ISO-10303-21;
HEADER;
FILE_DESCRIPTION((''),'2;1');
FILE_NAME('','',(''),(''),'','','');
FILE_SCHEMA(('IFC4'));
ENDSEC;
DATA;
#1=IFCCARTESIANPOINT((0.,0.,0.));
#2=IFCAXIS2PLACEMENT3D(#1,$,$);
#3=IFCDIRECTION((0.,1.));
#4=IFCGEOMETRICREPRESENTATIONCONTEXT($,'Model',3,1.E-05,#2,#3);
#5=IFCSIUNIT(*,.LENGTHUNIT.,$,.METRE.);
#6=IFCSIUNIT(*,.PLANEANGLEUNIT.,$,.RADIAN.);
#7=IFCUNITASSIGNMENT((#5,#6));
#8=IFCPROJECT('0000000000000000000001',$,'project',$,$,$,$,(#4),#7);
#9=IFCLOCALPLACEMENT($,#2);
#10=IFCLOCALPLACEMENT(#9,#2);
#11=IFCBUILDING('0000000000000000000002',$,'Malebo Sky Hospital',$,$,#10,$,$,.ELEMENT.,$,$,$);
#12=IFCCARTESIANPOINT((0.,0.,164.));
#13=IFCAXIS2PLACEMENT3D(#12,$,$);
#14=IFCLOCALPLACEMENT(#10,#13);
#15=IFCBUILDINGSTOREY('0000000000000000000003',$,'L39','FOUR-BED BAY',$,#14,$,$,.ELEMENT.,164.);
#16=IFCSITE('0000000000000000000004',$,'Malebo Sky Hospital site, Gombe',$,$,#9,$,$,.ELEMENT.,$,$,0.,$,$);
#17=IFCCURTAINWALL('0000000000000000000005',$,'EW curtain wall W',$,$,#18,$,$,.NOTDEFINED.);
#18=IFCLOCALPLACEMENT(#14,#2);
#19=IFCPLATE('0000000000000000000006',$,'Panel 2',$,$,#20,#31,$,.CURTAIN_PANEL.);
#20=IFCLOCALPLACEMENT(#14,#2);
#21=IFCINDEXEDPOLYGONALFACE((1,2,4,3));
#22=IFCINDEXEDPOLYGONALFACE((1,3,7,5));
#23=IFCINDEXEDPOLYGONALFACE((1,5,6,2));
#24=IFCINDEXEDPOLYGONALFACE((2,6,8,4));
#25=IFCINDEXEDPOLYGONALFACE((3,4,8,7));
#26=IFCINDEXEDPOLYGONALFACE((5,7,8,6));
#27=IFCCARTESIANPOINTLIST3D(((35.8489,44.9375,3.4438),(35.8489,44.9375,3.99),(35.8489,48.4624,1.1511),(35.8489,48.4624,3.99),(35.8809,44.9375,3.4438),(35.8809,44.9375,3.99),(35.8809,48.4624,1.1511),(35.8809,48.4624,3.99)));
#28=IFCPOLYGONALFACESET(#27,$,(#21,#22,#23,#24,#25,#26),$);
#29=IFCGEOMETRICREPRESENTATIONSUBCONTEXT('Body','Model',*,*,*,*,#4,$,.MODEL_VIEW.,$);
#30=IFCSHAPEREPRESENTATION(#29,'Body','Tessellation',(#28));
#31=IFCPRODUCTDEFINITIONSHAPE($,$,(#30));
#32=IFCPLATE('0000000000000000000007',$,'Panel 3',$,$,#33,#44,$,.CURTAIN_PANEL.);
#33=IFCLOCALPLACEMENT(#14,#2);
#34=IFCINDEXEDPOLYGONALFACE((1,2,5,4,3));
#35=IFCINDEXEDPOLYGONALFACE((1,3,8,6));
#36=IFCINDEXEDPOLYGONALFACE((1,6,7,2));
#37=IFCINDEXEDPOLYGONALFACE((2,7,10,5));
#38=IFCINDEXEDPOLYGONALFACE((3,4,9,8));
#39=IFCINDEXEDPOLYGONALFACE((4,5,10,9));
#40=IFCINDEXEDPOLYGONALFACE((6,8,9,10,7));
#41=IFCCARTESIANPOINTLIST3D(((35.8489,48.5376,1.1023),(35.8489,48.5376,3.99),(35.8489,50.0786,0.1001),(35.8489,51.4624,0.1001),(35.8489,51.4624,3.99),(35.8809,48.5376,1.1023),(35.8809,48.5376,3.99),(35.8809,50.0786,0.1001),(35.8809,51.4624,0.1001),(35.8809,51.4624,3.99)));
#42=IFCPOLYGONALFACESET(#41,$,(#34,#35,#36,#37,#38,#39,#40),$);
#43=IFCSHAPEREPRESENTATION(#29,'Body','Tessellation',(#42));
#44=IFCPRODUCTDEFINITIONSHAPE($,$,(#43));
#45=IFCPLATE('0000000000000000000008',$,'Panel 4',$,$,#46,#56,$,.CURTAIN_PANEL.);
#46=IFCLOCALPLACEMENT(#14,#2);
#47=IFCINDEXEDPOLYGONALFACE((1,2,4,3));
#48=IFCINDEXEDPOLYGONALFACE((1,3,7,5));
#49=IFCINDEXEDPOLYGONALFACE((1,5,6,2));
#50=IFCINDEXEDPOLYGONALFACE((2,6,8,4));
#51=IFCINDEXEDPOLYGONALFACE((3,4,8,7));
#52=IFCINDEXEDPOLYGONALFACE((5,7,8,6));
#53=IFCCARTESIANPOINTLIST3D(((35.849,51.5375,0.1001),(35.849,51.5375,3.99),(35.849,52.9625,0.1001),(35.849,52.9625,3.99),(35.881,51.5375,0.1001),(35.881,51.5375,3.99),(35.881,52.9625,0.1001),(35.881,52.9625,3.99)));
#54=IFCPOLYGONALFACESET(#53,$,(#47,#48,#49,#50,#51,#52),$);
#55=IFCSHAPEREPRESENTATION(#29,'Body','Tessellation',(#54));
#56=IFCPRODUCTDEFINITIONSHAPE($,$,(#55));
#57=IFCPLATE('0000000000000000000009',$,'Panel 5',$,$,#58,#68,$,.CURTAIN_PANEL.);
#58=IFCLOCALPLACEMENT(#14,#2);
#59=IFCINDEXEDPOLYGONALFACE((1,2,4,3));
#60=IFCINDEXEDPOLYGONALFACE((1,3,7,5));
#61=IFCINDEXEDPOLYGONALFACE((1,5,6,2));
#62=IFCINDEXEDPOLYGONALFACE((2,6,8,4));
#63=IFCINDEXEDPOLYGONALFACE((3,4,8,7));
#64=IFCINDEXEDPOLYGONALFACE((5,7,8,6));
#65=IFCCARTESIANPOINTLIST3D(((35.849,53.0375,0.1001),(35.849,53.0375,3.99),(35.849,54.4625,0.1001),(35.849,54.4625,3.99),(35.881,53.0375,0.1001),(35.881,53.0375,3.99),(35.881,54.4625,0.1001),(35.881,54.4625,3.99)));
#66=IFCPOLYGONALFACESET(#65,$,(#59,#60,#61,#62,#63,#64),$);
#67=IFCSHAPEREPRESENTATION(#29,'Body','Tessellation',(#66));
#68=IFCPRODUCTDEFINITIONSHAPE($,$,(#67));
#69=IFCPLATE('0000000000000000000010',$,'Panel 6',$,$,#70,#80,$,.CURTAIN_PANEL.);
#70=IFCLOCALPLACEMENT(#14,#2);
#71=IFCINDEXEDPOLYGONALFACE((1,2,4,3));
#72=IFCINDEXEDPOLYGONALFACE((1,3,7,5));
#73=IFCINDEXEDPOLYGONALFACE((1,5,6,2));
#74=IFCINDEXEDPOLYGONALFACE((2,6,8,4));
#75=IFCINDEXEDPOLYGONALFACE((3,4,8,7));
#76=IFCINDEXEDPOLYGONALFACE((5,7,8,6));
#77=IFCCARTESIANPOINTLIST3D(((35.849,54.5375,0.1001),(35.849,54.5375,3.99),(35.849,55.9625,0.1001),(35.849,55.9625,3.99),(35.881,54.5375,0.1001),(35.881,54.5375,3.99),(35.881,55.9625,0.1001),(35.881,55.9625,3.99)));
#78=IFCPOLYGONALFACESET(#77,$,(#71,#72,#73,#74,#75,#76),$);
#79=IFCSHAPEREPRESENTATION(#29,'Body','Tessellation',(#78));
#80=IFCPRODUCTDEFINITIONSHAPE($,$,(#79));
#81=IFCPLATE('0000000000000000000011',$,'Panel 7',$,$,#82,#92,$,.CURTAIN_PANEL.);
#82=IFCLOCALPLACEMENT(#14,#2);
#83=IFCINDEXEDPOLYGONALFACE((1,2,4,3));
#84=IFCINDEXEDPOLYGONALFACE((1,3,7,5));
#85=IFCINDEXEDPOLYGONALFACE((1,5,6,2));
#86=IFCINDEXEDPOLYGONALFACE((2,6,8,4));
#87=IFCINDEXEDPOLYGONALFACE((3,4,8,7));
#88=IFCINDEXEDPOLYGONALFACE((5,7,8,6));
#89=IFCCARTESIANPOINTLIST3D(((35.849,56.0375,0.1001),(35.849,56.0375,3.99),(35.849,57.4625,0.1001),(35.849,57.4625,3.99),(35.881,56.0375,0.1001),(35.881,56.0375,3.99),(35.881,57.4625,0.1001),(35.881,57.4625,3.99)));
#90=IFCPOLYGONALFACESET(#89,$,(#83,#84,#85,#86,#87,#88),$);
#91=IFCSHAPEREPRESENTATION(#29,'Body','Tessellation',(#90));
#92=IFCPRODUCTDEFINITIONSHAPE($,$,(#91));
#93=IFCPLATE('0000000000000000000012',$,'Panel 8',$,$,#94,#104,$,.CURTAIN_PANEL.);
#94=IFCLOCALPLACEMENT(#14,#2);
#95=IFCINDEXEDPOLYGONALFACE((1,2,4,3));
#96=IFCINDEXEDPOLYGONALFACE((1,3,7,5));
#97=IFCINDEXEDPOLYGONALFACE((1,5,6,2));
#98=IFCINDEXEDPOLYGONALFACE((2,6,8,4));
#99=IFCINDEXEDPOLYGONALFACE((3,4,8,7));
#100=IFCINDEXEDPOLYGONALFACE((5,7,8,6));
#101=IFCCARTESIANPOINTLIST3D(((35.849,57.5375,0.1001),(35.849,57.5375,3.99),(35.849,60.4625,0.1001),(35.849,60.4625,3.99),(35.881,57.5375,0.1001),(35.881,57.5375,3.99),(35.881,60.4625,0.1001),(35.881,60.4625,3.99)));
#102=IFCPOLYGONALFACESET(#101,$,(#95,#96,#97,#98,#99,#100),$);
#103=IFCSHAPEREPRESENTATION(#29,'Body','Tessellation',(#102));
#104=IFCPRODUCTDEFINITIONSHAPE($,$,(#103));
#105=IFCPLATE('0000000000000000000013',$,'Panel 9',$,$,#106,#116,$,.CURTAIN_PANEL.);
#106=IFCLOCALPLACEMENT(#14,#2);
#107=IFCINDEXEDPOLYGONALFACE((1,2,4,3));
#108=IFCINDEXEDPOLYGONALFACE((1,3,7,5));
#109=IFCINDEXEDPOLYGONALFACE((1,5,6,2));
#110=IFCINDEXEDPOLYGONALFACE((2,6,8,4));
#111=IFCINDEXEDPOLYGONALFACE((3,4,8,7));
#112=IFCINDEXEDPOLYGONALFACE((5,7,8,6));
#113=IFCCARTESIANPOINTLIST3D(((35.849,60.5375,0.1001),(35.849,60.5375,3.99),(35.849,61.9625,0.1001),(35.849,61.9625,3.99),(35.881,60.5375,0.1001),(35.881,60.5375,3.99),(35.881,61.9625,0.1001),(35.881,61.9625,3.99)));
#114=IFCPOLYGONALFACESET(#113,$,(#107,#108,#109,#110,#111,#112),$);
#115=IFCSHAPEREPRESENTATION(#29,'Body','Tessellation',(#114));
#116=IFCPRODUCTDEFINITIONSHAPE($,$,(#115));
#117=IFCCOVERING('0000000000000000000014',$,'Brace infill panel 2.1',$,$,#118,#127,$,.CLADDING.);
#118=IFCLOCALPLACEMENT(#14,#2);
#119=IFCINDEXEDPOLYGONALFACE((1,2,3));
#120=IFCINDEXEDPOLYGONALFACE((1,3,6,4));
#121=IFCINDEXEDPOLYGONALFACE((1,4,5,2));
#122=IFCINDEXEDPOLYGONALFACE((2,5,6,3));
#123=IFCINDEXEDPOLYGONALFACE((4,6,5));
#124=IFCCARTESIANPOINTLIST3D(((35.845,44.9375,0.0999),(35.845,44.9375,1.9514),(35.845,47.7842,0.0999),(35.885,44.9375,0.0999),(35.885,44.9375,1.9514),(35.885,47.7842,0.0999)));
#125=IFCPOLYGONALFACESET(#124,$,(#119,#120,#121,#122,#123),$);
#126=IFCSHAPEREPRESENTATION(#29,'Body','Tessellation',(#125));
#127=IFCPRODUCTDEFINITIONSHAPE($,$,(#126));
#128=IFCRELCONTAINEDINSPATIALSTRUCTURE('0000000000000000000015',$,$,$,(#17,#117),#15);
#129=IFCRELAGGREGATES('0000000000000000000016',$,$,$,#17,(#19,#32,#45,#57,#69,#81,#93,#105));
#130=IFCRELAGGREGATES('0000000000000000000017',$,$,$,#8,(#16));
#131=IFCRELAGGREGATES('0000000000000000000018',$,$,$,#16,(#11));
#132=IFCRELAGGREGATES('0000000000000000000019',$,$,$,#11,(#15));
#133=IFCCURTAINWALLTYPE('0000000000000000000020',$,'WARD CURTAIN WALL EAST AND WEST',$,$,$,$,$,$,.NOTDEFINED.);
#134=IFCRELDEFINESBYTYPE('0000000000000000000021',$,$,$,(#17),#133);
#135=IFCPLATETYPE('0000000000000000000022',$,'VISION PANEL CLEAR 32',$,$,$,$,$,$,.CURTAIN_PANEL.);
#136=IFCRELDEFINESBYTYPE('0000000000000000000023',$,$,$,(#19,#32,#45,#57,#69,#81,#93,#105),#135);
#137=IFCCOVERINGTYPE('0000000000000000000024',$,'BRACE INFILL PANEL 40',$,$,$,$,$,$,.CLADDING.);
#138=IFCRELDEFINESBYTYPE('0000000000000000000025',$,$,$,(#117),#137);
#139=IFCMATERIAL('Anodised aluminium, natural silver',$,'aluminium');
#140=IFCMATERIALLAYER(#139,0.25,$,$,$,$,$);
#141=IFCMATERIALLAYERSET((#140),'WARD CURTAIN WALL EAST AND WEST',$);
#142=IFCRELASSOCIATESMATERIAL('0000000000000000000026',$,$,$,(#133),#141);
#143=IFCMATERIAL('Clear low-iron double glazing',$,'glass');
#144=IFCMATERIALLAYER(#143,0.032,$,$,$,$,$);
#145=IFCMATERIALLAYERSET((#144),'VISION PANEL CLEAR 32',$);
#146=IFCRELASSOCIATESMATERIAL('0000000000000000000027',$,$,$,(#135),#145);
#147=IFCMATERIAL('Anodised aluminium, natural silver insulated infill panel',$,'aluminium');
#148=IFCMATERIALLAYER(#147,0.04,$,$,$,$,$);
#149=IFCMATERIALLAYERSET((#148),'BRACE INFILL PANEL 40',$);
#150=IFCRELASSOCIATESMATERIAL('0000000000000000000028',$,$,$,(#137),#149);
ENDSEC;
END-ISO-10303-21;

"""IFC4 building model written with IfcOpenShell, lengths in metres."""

from ifc_helpers import new_model, si_unit, direction, frame, origin, origin_2d, place, context, subcontext, project, spatial, polyline, rectangle, outline, extrude, material, layer, layer_set, type_object, element, aggregate, save


model = new_model("IFC4")

# Units and contexts
model_context = context("Model", 3, precision=1e-05, world=origin(), true_north=direction((0.0, 1.0)))
body_context = subcontext(model_context, "Body", "Model", "MODEL_VIEW")
ifc_project = project(units=[si_unit("LENGTHUNIT", "METRE"), si_unit("PLANEANGLEUNIT", "RADIAN")], contexts=[model_context])

# Site, building, storey
site_placement = place(None, origin())
site = spatial("IfcSite", under=ifc_project, at=site_placement, Name="Malebo Sky Hospital site, Gombe", CompositionType="ELEMENT", RefElevation=0.0)
building_placement = place(site_placement, origin())
building = spatial("IfcBuilding", under=site, at=building_placement, Name="Malebo Sky Hospital", CompositionType="ELEMENT")
storey_placement = place(building_placement, frame((0.0, 0.0, 164.0)))
storey = spatial("IfcBuildingStorey", under=building, at=storey_placement, Name="L39", Description="FOUR-BED BAY", CompositionType="ELEMENT", Elevation=164.0)

# Curtain wall
ifc_material_1 = material(Name="Anodised aluminium, natural silver", Category="aluminium")
ifc_layer_1 = layer(ifc_material_1, 0.25)
ifc_layer_set_1 = layer_set([ifc_layer_1], Name="WARD CURTAIN WALL EAST AND WEST")
curtain_wall_type = type_object("IfcCurtainWallType", Name="WARD CURTAIN WALL EAST AND WEST", PredefinedType="NOTDEFINED", material=ifc_layer_set_1)
curtain_wall_placement = place(storey_placement, origin())
curtain_wall = element("IfcCurtainWall", 1, at=curtain_wall_placement, inside=storey, type_object=curtain_wall_type, Name="EW curtain wall W", PredefinedType="NOTDEFINED")

# Plates
ifc_material_2 = material(Name="Clear low-iron double glazing", Category="glass")
ifc_layer_2 = layer(ifc_material_2, 0.032)
ifc_layer_set_2 = layer_set([ifc_layer_2], Name="VISION PANEL CLEAR 32")
plate_type = type_object("IfcPlateType", Name="VISION PANEL CLEAR 32", PredefinedType="CURTAIN_PANEL", material=ifc_layer_set_2)
plate_1_placement = place(storey_placement, frame((35.865, 46.7, 1.1511), z_axis=(0.0, 0.0, 1.0), x_axis=(0.0, 1.0, 0.0)))
plate_1 = element("IfcPlate", 2, at=plate_1_placement, type_object=plate_type, Name="Panel 2", PredefinedType="CURTAIN_PANEL", context=body_context, shape_type="SweptSolid", body=[
    extrude(outline(polyline([(1.7625, 0.0), (1.7625, 2.8389), (-1.7625, 2.8389), (-1.7625, 2.2927), (1.7625, 0.0)])), frame((0.0, 0.0161, 0.0), z_axis=(0.0, -1.0, 0.0), x_axis=(1.0, 0.0, 0.0)), (0.0, 0.0, 1.0), 0.032),
])
plate_2_placement = place(storey_placement, frame((35.865, 50.0, 0.1001), z_axis=(0.0, 0.0, 1.0), x_axis=(0.0, 1.0, 0.0)))
plate_2 = element("IfcPlate", 3, at=plate_2_placement, type_object=plate_type, Name="Panel 3", PredefinedType="CURTAIN_PANEL", context=body_context, shape_type="SweptSolid", body=[
    extrude(outline(polyline([(0.0786, 0.0), (1.4624, 0.0), (1.4624, 3.8899), (-1.4624, 3.8899), (-1.4624, 1.0022), (0.0786, 0.0)])), frame((0.0, 0.0161, 0.0), z_axis=(0.0, -1.0, 0.0), x_axis=(1.0, 0.0, 0.0)), (0.0, 0.0, 1.0), 0.032),
])
plate_3_placement = place(storey_placement, frame((35.865, 52.25, 0.1001), z_axis=(0.0, 0.0, 1.0), x_axis=(0.0, 1.0, 0.0)))
plate_3 = element("IfcPlate", 4, at=plate_3_placement, type_object=plate_type, Name="Panel 4", PredefinedType="CURTAIN_PANEL", context=body_context, shape_type="SweptSolid", body=[
    extrude(rectangle(XDim=1.425, YDim=0.032, at=origin_2d()), origin(), (0.0, 0.0, 1.0), 3.8899),
])
plate_4_placement = place(storey_placement, frame((35.865, 53.75, 0.1001), z_axis=(0.0, 0.0, 1.0), x_axis=(0.0, 1.0, 0.0)))
plate_4 = element("IfcPlate", 5, at=plate_4_placement, type_object=plate_type, Name="Panel 5", PredefinedType="CURTAIN_PANEL", context=body_context, shape_type="SweptSolid", body=[
    extrude(rectangle(XDim=1.425, YDim=0.032, at=origin_2d()), origin(), (0.0, 0.0, 1.0), 3.8899),
])
plate_5_placement = place(storey_placement, frame((35.865, 55.25, 0.1001), z_axis=(0.0, 0.0, 1.0), x_axis=(0.0, 1.0, 0.0)))
plate_5 = element("IfcPlate", 6, at=plate_5_placement, type_object=plate_type, Name="Panel 6", PredefinedType="CURTAIN_PANEL", context=body_context, shape_type="SweptSolid", body=[
    extrude(rectangle(XDim=1.425, YDim=0.032, at=origin_2d()), origin(), (0.0, 0.0, 1.0), 3.8899),
])
plate_6_placement = place(storey_placement, frame((35.865, 56.75, 0.1001), z_axis=(0.0, 0.0, 1.0), x_axis=(0.0, 1.0, 0.0)))
plate_6 = element("IfcPlate", 7, at=plate_6_placement, type_object=plate_type, Name="Panel 7", PredefinedType="CURTAIN_PANEL", context=body_context, shape_type="SweptSolid", body=[
    extrude(rectangle(XDim=1.425, YDim=0.032, at=origin_2d()), origin(), (0.0, 0.0, 1.0), 3.8899),
])
plate_7_placement = place(storey_placement, frame((35.865, 59.0, 0.1001), z_axis=(0.0, 0.0, 1.0), x_axis=(0.0, 1.0, 0.0)))
plate_7 = element("IfcPlate", 8, at=plate_7_placement, type_object=plate_type, Name="Panel 8", PredefinedType="CURTAIN_PANEL", context=body_context, shape_type="SweptSolid", body=[
    extrude(rectangle(XDim=2.925, YDim=0.032, at=origin_2d()), origin(), (0.0, 0.0, 1.0), 3.8899),
])
plate_8_placement = place(storey_placement, frame((35.865, 61.25, 0.1001), z_axis=(0.0, 0.0, 1.0), x_axis=(0.0, 1.0, 0.0)))
plate_8 = element("IfcPlate", 9, at=plate_8_placement, type_object=plate_type, Name="Panel 9", PredefinedType="CURTAIN_PANEL", context=body_context, shape_type="SweptSolid", body=[
    extrude(rectangle(XDim=1.425, YDim=0.032, at=origin_2d()), origin(), (0.0, 0.0, 1.0), 3.8899),
])
aggregate(curtain_wall, [plate_1, plate_2, plate_3, plate_4, plate_5, plate_6, plate_7, plate_8])

# Covering
ifc_material_3 = material(Name="Anodised aluminium, natural silver insulated infill panel", Category="aluminium")
ifc_layer_3 = layer(ifc_material_3, 0.04)
ifc_layer_set_3 = layer_set([ifc_layer_3], Name="BRACE INFILL PANEL 40")
covering_type = type_object("IfcCoveringType", Name="BRACE INFILL PANEL 40", PredefinedType="CLADDING", material=ifc_layer_set_3)
covering_placement = place(storey_placement, frame((35.865, 46.3608, 0.0999), z_axis=(0.0, 0.0, 1.0), x_axis=(0.0, 1.0, 0.0)))
element("IfcCovering", 10, at=covering_placement, inside=storey, type_object=covering_type, Name="Brace infill panel 2.1", PredefinedType="CLADDING", context=body_context, shape_type="SweptSolid", body=[
    extrude(outline(polyline([(-1.4233, 0.0), (1.4233, 0.0), (-1.4233, 1.8516), (-1.4233, 0.0)])), frame((0.0, 0.02, 0.0), z_axis=(0.0, -1.0, 0.0), x_axis=(1.0, 0.0, 0.0)), (0.0, 0.0, 1.0), 0.04),
])

save(model, "model.ifc")
